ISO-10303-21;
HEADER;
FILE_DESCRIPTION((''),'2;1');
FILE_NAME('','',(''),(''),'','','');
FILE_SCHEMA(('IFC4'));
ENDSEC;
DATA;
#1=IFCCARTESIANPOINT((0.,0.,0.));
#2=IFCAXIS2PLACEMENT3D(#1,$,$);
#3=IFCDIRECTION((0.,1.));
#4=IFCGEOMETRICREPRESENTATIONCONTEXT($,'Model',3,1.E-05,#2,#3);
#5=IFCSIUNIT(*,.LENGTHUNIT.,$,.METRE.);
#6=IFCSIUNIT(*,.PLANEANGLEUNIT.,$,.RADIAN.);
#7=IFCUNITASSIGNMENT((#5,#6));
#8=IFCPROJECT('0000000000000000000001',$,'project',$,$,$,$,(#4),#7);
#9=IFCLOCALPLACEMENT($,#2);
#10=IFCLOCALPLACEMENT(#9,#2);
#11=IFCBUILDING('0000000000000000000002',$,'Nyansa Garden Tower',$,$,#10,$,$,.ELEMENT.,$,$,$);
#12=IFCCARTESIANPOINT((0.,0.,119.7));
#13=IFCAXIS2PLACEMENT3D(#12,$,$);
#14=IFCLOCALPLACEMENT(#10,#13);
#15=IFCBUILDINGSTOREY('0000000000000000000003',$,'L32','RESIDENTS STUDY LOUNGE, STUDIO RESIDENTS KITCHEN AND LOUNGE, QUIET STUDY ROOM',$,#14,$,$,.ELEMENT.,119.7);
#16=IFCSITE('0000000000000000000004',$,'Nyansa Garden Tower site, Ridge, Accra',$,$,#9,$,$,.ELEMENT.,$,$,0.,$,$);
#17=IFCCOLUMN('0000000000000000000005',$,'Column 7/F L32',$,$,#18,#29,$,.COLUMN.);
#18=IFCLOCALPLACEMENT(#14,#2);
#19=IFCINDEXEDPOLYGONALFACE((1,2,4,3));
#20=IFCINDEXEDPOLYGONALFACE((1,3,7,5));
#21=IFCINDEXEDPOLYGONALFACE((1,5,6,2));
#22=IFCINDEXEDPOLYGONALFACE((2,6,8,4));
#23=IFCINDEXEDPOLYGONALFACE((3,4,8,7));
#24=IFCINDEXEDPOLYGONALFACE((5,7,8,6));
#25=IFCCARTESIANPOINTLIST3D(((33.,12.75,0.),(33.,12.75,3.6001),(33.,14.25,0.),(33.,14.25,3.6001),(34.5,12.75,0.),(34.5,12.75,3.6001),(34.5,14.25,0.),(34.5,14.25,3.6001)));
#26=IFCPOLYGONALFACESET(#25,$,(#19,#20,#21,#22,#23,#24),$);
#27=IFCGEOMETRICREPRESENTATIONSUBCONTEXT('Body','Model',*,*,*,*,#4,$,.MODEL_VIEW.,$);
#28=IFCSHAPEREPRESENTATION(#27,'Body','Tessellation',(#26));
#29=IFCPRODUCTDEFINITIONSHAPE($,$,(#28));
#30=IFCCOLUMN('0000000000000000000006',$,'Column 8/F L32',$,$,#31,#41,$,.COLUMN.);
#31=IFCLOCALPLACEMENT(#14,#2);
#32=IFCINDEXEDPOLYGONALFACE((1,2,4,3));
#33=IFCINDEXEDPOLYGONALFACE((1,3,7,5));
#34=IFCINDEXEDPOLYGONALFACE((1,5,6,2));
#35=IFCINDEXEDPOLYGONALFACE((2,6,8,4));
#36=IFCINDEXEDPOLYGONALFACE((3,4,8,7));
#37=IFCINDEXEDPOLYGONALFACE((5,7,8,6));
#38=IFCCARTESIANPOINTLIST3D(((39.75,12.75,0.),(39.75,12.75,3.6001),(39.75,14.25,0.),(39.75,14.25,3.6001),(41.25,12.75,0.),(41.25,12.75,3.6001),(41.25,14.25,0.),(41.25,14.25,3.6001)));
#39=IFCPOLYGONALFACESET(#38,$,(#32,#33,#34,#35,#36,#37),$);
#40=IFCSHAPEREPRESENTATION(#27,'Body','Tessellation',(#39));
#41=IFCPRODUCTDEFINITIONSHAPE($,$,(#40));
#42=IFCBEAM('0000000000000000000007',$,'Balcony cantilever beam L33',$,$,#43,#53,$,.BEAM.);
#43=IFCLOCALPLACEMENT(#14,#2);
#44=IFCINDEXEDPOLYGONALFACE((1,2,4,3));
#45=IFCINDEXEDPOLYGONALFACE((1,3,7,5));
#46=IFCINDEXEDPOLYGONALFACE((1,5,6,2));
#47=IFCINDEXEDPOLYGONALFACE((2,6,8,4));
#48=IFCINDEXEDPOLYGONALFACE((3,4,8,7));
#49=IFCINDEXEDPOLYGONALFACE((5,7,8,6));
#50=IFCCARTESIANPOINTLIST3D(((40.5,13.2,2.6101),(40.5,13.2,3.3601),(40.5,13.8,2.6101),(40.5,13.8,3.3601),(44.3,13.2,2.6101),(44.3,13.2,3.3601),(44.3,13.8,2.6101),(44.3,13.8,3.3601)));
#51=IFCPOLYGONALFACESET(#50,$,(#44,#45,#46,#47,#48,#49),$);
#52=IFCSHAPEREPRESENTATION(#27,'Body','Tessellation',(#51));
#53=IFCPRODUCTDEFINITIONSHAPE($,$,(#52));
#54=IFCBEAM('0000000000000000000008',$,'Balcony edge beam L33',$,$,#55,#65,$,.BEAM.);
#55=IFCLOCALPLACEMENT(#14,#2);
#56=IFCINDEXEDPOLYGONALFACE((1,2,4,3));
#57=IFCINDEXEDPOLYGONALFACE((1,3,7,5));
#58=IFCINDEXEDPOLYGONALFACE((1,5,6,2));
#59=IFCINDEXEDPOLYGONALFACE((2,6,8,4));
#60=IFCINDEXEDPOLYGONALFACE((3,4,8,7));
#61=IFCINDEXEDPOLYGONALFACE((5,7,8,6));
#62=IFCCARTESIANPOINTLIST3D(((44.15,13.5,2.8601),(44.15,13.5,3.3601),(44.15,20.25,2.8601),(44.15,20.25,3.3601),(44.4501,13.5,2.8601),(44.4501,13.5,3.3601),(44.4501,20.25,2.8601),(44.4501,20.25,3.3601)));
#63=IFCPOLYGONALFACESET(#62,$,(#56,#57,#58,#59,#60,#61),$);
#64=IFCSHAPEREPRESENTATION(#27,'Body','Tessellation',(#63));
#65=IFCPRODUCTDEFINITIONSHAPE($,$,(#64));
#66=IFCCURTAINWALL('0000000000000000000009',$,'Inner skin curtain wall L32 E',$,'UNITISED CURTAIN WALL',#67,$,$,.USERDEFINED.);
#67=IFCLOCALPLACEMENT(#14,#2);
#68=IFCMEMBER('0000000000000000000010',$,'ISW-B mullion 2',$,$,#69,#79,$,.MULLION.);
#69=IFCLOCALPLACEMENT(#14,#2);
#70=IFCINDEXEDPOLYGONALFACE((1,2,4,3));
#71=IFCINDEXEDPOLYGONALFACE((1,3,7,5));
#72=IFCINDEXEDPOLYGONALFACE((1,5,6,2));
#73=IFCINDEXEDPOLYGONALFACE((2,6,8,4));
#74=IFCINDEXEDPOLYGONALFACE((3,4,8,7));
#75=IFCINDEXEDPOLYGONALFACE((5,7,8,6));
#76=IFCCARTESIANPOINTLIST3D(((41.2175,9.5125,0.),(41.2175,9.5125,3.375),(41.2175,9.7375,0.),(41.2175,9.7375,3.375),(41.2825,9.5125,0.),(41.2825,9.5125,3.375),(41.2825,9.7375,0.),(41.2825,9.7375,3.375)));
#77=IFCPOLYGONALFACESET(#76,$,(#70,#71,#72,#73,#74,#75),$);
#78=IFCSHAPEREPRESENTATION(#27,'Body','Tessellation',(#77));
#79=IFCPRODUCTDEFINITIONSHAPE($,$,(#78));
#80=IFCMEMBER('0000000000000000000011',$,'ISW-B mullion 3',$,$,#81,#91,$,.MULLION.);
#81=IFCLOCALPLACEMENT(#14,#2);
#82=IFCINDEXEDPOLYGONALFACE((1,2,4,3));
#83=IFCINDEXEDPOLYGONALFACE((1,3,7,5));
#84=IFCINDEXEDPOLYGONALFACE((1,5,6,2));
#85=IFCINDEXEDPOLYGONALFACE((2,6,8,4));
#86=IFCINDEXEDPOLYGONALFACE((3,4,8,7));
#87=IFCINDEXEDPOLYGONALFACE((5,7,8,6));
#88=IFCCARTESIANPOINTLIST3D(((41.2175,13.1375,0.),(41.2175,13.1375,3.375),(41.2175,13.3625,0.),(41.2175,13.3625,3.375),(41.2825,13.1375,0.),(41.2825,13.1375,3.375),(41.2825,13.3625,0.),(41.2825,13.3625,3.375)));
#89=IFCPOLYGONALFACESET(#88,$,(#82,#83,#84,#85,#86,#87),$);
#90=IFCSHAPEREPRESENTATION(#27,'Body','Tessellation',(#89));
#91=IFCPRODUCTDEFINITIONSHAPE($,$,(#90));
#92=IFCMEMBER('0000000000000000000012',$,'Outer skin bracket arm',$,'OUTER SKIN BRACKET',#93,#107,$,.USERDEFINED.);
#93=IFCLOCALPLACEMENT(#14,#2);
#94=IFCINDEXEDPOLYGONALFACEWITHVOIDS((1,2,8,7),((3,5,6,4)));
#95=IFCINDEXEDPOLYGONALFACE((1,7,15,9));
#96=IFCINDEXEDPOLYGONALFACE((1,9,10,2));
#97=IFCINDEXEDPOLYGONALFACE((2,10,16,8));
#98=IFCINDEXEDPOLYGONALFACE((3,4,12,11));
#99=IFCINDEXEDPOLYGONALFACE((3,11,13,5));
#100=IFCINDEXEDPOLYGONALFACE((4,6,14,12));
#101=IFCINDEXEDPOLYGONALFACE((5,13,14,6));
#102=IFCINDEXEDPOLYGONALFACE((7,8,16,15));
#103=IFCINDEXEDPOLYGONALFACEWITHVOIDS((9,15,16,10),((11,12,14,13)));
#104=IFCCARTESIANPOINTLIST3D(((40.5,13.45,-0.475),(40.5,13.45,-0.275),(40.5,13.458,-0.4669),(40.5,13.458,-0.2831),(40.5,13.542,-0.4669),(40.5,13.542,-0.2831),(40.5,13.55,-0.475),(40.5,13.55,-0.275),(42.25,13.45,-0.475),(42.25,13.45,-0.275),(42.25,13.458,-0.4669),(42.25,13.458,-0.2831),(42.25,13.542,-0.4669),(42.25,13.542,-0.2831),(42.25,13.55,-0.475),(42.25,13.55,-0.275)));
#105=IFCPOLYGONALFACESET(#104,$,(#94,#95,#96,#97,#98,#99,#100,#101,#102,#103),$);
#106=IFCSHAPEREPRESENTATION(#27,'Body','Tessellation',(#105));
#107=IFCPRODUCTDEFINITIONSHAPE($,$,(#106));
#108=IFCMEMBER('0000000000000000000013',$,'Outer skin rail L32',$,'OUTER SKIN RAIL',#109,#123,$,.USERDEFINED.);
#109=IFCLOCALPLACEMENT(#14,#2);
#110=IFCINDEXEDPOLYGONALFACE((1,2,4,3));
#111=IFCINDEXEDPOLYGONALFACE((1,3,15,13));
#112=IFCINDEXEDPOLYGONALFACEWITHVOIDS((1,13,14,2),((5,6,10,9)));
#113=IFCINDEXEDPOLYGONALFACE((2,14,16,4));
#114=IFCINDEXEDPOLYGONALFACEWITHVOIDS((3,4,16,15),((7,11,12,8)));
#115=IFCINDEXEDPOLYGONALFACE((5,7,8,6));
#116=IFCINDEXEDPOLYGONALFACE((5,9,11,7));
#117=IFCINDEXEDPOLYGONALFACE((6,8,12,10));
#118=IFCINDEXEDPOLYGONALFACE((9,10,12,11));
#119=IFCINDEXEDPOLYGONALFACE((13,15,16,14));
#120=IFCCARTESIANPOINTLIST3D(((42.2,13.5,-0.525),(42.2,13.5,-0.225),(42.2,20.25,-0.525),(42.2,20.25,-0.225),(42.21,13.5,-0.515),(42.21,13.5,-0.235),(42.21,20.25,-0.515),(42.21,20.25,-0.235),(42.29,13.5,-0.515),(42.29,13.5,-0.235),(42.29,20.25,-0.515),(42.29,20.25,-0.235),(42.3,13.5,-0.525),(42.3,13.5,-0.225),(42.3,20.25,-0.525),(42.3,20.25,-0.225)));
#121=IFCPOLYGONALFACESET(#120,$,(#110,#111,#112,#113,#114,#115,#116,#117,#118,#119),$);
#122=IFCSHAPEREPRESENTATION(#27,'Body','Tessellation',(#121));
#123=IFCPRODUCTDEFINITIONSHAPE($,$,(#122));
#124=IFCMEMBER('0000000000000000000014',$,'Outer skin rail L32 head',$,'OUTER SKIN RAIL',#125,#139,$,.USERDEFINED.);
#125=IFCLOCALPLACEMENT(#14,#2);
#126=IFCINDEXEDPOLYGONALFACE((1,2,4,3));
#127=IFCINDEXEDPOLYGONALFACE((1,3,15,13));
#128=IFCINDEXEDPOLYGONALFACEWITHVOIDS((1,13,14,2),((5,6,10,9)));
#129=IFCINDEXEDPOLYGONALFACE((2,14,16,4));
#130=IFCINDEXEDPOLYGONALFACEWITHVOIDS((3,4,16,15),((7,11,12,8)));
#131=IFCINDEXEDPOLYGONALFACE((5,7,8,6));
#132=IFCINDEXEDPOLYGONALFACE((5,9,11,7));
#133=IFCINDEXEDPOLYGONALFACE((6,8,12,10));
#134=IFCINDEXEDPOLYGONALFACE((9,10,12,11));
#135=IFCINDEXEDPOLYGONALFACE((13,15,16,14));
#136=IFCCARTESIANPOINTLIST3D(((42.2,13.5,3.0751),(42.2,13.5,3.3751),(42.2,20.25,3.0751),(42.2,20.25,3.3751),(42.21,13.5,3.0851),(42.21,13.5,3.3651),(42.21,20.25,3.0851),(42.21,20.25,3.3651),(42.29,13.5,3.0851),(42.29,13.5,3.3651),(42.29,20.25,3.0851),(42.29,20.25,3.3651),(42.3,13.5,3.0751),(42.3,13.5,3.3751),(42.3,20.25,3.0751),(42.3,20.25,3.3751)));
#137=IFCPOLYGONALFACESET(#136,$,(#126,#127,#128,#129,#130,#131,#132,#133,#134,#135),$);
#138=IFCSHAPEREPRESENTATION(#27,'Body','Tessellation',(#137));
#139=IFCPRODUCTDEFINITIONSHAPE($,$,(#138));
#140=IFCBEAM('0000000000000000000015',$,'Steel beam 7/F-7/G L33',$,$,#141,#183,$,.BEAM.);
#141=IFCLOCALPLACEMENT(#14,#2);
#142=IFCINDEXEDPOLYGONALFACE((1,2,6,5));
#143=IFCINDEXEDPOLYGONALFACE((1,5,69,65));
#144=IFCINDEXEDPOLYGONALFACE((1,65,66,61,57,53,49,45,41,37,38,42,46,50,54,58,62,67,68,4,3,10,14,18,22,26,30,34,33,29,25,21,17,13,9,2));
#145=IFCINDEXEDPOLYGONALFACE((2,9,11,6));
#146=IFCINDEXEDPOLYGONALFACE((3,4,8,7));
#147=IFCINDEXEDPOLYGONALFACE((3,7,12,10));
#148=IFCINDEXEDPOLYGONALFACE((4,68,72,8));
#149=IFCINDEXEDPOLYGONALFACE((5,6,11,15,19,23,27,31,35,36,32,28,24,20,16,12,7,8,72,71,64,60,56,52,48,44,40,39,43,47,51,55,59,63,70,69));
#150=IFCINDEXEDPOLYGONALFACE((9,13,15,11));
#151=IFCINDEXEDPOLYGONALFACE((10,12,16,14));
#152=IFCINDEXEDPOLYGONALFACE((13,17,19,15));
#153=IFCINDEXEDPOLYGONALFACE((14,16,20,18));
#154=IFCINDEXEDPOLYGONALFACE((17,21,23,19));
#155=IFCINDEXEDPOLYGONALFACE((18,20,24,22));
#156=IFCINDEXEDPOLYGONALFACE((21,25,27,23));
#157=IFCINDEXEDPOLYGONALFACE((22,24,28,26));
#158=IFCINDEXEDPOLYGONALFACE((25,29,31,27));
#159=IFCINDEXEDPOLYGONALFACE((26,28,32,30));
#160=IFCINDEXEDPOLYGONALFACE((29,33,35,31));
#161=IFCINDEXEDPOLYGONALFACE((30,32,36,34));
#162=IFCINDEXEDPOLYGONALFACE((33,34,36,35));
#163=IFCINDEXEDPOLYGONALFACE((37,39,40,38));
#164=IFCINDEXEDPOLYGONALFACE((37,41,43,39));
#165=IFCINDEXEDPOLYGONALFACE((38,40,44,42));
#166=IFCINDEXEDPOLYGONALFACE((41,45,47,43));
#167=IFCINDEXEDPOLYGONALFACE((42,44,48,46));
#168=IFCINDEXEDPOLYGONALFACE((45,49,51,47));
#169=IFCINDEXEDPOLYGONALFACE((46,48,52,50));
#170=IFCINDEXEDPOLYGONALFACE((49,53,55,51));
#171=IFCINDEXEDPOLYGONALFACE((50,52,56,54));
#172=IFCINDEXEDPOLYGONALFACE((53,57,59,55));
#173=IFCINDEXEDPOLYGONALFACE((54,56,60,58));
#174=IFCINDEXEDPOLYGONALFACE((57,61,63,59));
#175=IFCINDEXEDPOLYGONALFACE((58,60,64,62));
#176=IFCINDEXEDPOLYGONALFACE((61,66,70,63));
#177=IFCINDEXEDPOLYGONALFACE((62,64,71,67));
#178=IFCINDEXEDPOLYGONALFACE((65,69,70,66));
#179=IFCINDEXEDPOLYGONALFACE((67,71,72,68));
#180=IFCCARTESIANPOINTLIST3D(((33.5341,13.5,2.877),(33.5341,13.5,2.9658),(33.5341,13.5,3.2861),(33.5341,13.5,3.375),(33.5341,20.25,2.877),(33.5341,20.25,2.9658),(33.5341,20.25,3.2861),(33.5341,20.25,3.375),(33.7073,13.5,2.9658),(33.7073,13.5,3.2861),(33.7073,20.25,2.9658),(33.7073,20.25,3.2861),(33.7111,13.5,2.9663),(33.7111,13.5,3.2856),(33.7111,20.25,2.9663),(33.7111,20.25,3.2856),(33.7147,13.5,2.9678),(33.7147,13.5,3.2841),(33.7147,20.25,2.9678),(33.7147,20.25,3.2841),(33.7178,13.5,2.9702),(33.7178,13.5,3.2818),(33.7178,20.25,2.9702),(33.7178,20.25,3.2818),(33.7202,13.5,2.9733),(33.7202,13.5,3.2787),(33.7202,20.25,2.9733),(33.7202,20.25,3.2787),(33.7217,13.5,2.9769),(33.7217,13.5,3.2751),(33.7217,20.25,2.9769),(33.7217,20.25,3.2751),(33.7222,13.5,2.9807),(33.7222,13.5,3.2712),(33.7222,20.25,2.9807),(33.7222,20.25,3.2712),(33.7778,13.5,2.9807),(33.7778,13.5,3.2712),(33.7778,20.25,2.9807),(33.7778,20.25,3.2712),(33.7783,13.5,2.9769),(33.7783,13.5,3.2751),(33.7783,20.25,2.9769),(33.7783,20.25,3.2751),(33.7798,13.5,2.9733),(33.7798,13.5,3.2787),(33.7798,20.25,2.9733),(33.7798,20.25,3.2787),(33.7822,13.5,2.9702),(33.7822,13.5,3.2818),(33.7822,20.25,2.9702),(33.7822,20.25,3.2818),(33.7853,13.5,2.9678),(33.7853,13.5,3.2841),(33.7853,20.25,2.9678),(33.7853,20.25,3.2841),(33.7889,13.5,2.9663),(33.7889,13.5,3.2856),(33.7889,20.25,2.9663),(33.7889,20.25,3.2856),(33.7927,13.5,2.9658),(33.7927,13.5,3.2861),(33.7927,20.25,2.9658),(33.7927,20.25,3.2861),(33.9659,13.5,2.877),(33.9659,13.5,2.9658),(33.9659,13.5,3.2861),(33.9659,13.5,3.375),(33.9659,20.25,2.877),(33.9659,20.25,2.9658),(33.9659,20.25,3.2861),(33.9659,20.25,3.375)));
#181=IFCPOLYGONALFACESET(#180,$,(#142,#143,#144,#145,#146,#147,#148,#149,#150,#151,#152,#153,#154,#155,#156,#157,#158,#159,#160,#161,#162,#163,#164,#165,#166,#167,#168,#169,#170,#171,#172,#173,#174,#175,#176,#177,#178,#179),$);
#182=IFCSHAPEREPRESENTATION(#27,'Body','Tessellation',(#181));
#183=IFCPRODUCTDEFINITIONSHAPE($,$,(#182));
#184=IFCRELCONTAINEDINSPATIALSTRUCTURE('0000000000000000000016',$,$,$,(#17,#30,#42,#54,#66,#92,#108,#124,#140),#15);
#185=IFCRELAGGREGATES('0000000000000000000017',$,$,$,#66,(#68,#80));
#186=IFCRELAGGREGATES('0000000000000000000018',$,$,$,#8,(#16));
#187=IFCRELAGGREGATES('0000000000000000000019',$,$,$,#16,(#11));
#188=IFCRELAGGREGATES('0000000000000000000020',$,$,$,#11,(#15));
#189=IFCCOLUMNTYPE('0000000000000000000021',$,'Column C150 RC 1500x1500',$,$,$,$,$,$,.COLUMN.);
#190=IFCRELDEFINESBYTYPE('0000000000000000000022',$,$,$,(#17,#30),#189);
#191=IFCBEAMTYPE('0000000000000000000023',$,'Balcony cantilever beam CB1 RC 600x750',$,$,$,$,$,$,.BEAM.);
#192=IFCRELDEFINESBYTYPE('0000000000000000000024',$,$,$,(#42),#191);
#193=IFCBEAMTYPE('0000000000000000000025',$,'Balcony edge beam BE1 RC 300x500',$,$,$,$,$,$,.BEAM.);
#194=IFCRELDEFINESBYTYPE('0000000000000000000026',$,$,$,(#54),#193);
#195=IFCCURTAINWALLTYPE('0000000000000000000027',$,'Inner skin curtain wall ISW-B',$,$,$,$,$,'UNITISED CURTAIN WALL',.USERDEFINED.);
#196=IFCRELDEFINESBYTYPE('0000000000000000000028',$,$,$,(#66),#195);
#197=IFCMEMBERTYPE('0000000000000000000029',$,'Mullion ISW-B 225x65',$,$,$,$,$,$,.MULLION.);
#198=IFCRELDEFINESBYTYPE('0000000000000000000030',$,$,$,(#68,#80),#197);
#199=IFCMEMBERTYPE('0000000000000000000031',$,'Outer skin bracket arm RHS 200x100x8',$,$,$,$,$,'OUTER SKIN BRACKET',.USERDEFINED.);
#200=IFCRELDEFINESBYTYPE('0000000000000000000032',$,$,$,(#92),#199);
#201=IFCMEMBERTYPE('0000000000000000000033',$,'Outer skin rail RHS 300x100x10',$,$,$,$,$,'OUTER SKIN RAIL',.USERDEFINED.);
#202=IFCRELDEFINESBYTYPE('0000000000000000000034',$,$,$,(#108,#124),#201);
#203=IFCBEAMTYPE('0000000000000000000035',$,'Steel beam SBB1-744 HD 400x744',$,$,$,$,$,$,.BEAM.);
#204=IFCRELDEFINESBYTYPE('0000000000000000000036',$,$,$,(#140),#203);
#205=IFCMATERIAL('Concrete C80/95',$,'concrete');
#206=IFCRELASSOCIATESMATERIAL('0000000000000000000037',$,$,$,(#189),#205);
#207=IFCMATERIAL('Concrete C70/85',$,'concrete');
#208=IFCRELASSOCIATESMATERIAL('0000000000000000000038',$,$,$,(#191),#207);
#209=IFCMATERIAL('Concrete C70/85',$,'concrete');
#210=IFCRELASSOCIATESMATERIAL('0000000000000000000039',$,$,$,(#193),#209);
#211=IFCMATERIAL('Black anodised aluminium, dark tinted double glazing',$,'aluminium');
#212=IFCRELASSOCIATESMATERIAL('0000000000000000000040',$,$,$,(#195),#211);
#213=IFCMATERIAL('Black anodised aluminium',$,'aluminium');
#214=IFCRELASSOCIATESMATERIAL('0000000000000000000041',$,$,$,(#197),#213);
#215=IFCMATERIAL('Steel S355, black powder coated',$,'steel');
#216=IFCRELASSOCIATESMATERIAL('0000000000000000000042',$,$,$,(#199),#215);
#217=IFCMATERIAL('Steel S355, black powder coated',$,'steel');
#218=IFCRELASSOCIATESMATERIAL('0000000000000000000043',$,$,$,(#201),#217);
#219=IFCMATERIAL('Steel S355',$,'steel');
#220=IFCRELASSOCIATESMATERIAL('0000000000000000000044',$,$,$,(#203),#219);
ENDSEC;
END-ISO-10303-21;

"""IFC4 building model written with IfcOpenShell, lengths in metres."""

from ifc_helpers import new_model, si_unit, direction, frame, origin, origin_2d, place, context, subcontext, project, spatial, rectangle, hollow_rectangle, i_section, extrude, material, material_profile, profile_set, type_object, element, aggregate, save


model = new_model("IFC4")

# Units and contexts
model_context = context("Model", 3, precision=1e-05, world=origin(), true_north=direction((0.0, 1.0)))
body_context = subcontext(model_context, "Body", "Model", "MODEL_VIEW")
ifc_project = project(units=[si_unit("LENGTHUNIT", "METRE"), si_unit("PLANEANGLEUNIT", "RADIAN")], contexts=[model_context])

# Site, building, storey
site_placement = place(None, origin())
site = spatial("IfcSite", under=ifc_project, at=site_placement, Name="Nyansa Garden Tower site, Ridge, Accra", CompositionType="ELEMENT", RefElevation=0.0)
building_placement = place(site_placement, origin())
building = spatial("IfcBuilding", under=site, at=building_placement, Name="Nyansa Garden Tower", CompositionType="ELEMENT")
storey_placement = place(building_placement, frame((0.0, 0.0, 119.7)))
storey = spatial("IfcBuildingStorey", under=building, at=storey_placement, Name="L32", Description="RESIDENTS STUDY LOUNGE, STUDIO RESIDENTS KITCHEN AND LOUNGE, QUIET STUDY ROOM", CompositionType="ELEMENT", Elevation=119.7)

# Columns
ifc_material_1 = material(Name="Concrete C80/95", Category="concrete")
ifc_material_profile_1 = material_profile(ifc_material_1, rectangle(XDim=1.5, YDim=1.5, at=origin_2d()), Name="RC 1500x1500")
ifc_profile_set_1 = profile_set([ifc_material_profile_1], Name="Concrete C80/95")
column_type = type_object("IfcColumnType", Name="Column C150 RC 1500x1500", PredefinedType="COLUMN", material=ifc_profile_set_1)
for number, where, z_axis, x_axis, name in (
    (1, (33.75, 13.5, 0.0), (0.0, 0.0, 1.0), (1.0, 0.0, 0.0), "Column 7/F L32"),
    (2, (40.5, 13.5, 0.0), (0.0, 0.0, 1.0), (1.0, 0.0, 0.0), "Column 8/F L32"),
):
    element("IfcColumn", number, at=place(storey_placement, frame(where, z_axis=z_axis, x_axis=x_axis)), inside=storey, type_object=column_type, Name=name, PredefinedType="COLUMN", context=body_context, shape_type="SweptSolid", body=[
        extrude(rectangle(XDim=1.5, YDim=1.5, at=origin_2d()), origin(), (0.0, 0.0, 1.0), 3.6001),
    ])

# Beams
ifc_material_2 = material(Name="Concrete C70/85", Category="concrete")
ifc_material_profile_2 = material_profile(ifc_material_2, rectangle(XDim=0.6001, YDim=0.75, at=origin_2d()), Name="RC 600x750")
ifc_profile_set_2 = profile_set([ifc_material_profile_2], Name="Concrete C70/85")
beam_type_1 = type_object("IfcBeamType", Name="Balcony cantilever beam CB1 RC 600x750", PredefinedType="BEAM", material=ifc_profile_set_2)
beam_1_placement = place(storey_placement, frame((40.5, 13.5, 2.9851), z_axis=(1.0, 0.0, 0.0), x_axis=(0.0, 1.0, 0.0)))
element("IfcBeam", 3, at=beam_1_placement, inside=storey, type_object=beam_type_1, Name="Balcony cantilever beam L33", PredefinedType="BEAM", context=body_context, shape_type="SweptSolid", body=[
    extrude(rectangle(XDim=0.6001, YDim=0.75, at=origin_2d()), origin(), (0.0, 0.0, 1.0), 3.8),
])
ifc_material_3 = material(Name="Concrete C70/85", Category="concrete")
ifc_material_profile_3 = material_profile(ifc_material_3, rectangle(XDim=0.3, YDim=0.5, at=origin_2d()), Name="RC 300x500")
ifc_profile_set_3 = profile_set([ifc_material_profile_3], Name="Concrete C70/85")
beam_type_2 = type_object("IfcBeamType", Name="Balcony edge beam BE1 RC 300x500", PredefinedType="BEAM", material=ifc_profile_set_3)
beam_2_placement = place(storey_placement, frame((44.3, 13.5, 3.1101), z_axis=(0.0, 1.0, 0.0), x_axis=(-1.0, 0.0, 0.0)))
element("IfcBeam", 4, at=beam_2_placement, inside=storey, type_object=beam_type_2, Name="Balcony edge beam L33", PredefinedType="BEAM", context=body_context, shape_type="SweptSolid", body=[
    extrude(rectangle(XDim=0.3, YDim=0.5, at=origin_2d()), origin(), (0.0, 0.0, 1.0), 6.75),
])

# Curtain wall, members
ifc_material_4 = material(Name="Black anodised aluminium, dark tinted double glazing", Category="aluminium")
curtain_wall_type = type_object("IfcCurtainWallType", Name="Inner skin curtain wall ISW-B", ElementType="UNITISED CURTAIN WALL", PredefinedType="USERDEFINED", material=ifc_material_4)
curtain_wall_placement = place(storey_placement, origin())
curtain_wall = element("IfcCurtainWall", 5, at=curtain_wall_placement, inside=storey, type_object=curtain_wall_type, Name="Inner skin curtain wall L32 E", ObjectType="UNITISED CURTAIN WALL", PredefinedType="USERDEFINED")
ifc_material_5 = material(Name="Black anodised aluminium", Category="aluminium")
ifc_material_profile_4 = material_profile(ifc_material_5, rectangle(XDim=0.0649, YDim=0.2251, at=origin_2d()), Name="Mullion 225x65")
ifc_profile_set_4 = profile_set([ifc_material_profile_4], Name="Black anodised aluminium")
member_type_1 = type_object("IfcMemberType", Name="Mullion ISW-B 225x65", PredefinedType="MULLION", material=ifc_profile_set_4)
member_1_placement = place(storey_placement, frame((41.25, 9.625, 0.0), z_axis=(0.0, 0.0, 1.0), x_axis=(-1.0, 0.0, 0.0)))
member_1 = element("IfcMember", 6, at=member_1_placement, type_object=member_type_1, Name="ISW-B mullion 2", PredefinedType="MULLION", context=body_context, shape_type="SweptSolid", body=[
    extrude(rectangle(XDim=0.0649, YDim=0.2251, at=origin_2d()), origin(), (0.0, 0.0, 1.0), 3.375),
])
member_2_placement = place(storey_placement, frame((41.25, 13.25, 0.0), z_axis=(0.0, 0.0, 1.0), x_axis=(-1.0, 0.0, 0.0)))
member_2 = element("IfcMember", 7, at=member_2_placement, type_object=member_type_1, Name="ISW-B mullion 3", PredefinedType="MULLION", context=body_context, shape_type="SweptSolid", body=[
    extrude(rectangle(XDim=0.0649, YDim=0.2251, at=origin_2d()), origin(), (0.0, 0.0, 1.0), 3.375),
])

# Members
ifc_material_6 = material(Name="Steel S355, black powder coated", Category="steel")
ifc_material_profile_5 = material_profile(ifc_material_6, hollow_rectangle(XDim=0.1001, YDim=0.2, WallThickness=0.0081, at=origin_2d()), Name="RHS 200x100x8")
ifc_profile_set_5 = profile_set([ifc_material_profile_5], Name="Steel S355, black powder coated")
member_type_2 = type_object("IfcMemberType", Name="Outer skin bracket arm RHS 200x100x8", ElementType="OUTER SKIN BRACKET", PredefinedType="USERDEFINED", material=ifc_profile_set_5)
member_3_placement = place(storey_placement, frame((40.5, 13.5, -0.375), z_axis=(1.0, 0.0, 0.0), x_axis=(0.0, 1.0, 0.0)))
element("IfcMember", 8, at=member_3_placement, inside=storey, type_object=member_type_2, Name="Outer skin bracket arm", ObjectType="OUTER SKIN BRACKET", PredefinedType="USERDEFINED", context=body_context, shape_type="SweptSolid", body=[
    extrude(hollow_rectangle(XDim=0.1001, YDim=0.2, WallThickness=0.0081, at=origin_2d()), origin(), (0.0, 0.0, 1.0), 1.75),
])
ifc_material_7 = material(Name="Steel S355, black powder coated", Category="steel")
ifc_material_profile_6 = material_profile(ifc_material_7, hollow_rectangle(XDim=0.1001, YDim=0.3, WallThickness=0.01, at=origin_2d()), Name="RHS 300x100x10")
ifc_profile_set_6 = profile_set([ifc_material_profile_6], Name="Steel S355, black powder coated")
member_type_3 = type_object("IfcMemberType", Name="Outer skin rail RHS 300x100x10", ElementType="OUTER SKIN RAIL", PredefinedType="USERDEFINED", material=ifc_profile_set_6)
for number, where, z_axis, x_axis, name in (
    (9, (42.25, 13.5, -0.375), (0.0, 1.0, 0.0), (-1.0, 0.0, 0.0), "Outer skin rail L32"),
    (10, (42.25, 13.5, 3.2251), (0.0, 1.0, 0.0), (-1.0, 0.0, 0.0), "Outer skin rail L32 head"),
):
    element("IfcMember", number, at=place(storey_placement, frame(where, z_axis=z_axis, x_axis=x_axis)), inside=storey, type_object=member_type_3, Name=name, ObjectType="OUTER SKIN RAIL", PredefinedType="USERDEFINED", context=body_context, shape_type="SweptSolid", body=[
        extrude(hollow_rectangle(XDim=0.1001, YDim=0.3, WallThickness=0.01, at=origin_2d()), origin(), (0.0, 0.0, 1.0), 6.75),
    ])

# Beam
ifc_material_8 = material(Name="Steel S355", Category="steel")
ifc_material_profile_7 = material_profile(ifc_material_8, i_section(OverallWidth=0.4319, OverallDepth=0.498, WebThickness=0.0557, FlangeThickness=0.0889, FilletRadius=0.0149, at=origin_2d()), Name="HD 400x744")
ifc_profile_set_7 = profile_set([ifc_material_profile_7], Name="Steel S355")
beam_type_3 = type_object("IfcBeamType", Name="Steel beam SBB1-744 HD 400x744", PredefinedType="BEAM", material=ifc_profile_set_7)
for number, where, z_axis, x_axis, name in (
    (11, (33.75, 13.5, 3.126), (0.0, 1.0, 0.0), (-1.0, 0.0, 0.0), "Steel beam 7/F-7/G L33"),
):
    element("IfcBeam", number, at=place(storey_placement, frame(where, z_axis=z_axis, x_axis=x_axis)), inside=storey, type_object=beam_type_3, Name=name, PredefinedType="BEAM", context=body_context, shape_type="SweptSolid", body=[
        extrude(i_section(OverallWidth=0.4319, OverallDepth=0.498, WebThickness=0.0557, FlangeThickness=0.0889, FilletRadius=0.0149, at=origin_2d()), origin(), (0.0, 0.0, 1.0), 6.75),
    ])

aggregate(curtain_wall, [member_1, member_2])

save(model, "model.ifc")
